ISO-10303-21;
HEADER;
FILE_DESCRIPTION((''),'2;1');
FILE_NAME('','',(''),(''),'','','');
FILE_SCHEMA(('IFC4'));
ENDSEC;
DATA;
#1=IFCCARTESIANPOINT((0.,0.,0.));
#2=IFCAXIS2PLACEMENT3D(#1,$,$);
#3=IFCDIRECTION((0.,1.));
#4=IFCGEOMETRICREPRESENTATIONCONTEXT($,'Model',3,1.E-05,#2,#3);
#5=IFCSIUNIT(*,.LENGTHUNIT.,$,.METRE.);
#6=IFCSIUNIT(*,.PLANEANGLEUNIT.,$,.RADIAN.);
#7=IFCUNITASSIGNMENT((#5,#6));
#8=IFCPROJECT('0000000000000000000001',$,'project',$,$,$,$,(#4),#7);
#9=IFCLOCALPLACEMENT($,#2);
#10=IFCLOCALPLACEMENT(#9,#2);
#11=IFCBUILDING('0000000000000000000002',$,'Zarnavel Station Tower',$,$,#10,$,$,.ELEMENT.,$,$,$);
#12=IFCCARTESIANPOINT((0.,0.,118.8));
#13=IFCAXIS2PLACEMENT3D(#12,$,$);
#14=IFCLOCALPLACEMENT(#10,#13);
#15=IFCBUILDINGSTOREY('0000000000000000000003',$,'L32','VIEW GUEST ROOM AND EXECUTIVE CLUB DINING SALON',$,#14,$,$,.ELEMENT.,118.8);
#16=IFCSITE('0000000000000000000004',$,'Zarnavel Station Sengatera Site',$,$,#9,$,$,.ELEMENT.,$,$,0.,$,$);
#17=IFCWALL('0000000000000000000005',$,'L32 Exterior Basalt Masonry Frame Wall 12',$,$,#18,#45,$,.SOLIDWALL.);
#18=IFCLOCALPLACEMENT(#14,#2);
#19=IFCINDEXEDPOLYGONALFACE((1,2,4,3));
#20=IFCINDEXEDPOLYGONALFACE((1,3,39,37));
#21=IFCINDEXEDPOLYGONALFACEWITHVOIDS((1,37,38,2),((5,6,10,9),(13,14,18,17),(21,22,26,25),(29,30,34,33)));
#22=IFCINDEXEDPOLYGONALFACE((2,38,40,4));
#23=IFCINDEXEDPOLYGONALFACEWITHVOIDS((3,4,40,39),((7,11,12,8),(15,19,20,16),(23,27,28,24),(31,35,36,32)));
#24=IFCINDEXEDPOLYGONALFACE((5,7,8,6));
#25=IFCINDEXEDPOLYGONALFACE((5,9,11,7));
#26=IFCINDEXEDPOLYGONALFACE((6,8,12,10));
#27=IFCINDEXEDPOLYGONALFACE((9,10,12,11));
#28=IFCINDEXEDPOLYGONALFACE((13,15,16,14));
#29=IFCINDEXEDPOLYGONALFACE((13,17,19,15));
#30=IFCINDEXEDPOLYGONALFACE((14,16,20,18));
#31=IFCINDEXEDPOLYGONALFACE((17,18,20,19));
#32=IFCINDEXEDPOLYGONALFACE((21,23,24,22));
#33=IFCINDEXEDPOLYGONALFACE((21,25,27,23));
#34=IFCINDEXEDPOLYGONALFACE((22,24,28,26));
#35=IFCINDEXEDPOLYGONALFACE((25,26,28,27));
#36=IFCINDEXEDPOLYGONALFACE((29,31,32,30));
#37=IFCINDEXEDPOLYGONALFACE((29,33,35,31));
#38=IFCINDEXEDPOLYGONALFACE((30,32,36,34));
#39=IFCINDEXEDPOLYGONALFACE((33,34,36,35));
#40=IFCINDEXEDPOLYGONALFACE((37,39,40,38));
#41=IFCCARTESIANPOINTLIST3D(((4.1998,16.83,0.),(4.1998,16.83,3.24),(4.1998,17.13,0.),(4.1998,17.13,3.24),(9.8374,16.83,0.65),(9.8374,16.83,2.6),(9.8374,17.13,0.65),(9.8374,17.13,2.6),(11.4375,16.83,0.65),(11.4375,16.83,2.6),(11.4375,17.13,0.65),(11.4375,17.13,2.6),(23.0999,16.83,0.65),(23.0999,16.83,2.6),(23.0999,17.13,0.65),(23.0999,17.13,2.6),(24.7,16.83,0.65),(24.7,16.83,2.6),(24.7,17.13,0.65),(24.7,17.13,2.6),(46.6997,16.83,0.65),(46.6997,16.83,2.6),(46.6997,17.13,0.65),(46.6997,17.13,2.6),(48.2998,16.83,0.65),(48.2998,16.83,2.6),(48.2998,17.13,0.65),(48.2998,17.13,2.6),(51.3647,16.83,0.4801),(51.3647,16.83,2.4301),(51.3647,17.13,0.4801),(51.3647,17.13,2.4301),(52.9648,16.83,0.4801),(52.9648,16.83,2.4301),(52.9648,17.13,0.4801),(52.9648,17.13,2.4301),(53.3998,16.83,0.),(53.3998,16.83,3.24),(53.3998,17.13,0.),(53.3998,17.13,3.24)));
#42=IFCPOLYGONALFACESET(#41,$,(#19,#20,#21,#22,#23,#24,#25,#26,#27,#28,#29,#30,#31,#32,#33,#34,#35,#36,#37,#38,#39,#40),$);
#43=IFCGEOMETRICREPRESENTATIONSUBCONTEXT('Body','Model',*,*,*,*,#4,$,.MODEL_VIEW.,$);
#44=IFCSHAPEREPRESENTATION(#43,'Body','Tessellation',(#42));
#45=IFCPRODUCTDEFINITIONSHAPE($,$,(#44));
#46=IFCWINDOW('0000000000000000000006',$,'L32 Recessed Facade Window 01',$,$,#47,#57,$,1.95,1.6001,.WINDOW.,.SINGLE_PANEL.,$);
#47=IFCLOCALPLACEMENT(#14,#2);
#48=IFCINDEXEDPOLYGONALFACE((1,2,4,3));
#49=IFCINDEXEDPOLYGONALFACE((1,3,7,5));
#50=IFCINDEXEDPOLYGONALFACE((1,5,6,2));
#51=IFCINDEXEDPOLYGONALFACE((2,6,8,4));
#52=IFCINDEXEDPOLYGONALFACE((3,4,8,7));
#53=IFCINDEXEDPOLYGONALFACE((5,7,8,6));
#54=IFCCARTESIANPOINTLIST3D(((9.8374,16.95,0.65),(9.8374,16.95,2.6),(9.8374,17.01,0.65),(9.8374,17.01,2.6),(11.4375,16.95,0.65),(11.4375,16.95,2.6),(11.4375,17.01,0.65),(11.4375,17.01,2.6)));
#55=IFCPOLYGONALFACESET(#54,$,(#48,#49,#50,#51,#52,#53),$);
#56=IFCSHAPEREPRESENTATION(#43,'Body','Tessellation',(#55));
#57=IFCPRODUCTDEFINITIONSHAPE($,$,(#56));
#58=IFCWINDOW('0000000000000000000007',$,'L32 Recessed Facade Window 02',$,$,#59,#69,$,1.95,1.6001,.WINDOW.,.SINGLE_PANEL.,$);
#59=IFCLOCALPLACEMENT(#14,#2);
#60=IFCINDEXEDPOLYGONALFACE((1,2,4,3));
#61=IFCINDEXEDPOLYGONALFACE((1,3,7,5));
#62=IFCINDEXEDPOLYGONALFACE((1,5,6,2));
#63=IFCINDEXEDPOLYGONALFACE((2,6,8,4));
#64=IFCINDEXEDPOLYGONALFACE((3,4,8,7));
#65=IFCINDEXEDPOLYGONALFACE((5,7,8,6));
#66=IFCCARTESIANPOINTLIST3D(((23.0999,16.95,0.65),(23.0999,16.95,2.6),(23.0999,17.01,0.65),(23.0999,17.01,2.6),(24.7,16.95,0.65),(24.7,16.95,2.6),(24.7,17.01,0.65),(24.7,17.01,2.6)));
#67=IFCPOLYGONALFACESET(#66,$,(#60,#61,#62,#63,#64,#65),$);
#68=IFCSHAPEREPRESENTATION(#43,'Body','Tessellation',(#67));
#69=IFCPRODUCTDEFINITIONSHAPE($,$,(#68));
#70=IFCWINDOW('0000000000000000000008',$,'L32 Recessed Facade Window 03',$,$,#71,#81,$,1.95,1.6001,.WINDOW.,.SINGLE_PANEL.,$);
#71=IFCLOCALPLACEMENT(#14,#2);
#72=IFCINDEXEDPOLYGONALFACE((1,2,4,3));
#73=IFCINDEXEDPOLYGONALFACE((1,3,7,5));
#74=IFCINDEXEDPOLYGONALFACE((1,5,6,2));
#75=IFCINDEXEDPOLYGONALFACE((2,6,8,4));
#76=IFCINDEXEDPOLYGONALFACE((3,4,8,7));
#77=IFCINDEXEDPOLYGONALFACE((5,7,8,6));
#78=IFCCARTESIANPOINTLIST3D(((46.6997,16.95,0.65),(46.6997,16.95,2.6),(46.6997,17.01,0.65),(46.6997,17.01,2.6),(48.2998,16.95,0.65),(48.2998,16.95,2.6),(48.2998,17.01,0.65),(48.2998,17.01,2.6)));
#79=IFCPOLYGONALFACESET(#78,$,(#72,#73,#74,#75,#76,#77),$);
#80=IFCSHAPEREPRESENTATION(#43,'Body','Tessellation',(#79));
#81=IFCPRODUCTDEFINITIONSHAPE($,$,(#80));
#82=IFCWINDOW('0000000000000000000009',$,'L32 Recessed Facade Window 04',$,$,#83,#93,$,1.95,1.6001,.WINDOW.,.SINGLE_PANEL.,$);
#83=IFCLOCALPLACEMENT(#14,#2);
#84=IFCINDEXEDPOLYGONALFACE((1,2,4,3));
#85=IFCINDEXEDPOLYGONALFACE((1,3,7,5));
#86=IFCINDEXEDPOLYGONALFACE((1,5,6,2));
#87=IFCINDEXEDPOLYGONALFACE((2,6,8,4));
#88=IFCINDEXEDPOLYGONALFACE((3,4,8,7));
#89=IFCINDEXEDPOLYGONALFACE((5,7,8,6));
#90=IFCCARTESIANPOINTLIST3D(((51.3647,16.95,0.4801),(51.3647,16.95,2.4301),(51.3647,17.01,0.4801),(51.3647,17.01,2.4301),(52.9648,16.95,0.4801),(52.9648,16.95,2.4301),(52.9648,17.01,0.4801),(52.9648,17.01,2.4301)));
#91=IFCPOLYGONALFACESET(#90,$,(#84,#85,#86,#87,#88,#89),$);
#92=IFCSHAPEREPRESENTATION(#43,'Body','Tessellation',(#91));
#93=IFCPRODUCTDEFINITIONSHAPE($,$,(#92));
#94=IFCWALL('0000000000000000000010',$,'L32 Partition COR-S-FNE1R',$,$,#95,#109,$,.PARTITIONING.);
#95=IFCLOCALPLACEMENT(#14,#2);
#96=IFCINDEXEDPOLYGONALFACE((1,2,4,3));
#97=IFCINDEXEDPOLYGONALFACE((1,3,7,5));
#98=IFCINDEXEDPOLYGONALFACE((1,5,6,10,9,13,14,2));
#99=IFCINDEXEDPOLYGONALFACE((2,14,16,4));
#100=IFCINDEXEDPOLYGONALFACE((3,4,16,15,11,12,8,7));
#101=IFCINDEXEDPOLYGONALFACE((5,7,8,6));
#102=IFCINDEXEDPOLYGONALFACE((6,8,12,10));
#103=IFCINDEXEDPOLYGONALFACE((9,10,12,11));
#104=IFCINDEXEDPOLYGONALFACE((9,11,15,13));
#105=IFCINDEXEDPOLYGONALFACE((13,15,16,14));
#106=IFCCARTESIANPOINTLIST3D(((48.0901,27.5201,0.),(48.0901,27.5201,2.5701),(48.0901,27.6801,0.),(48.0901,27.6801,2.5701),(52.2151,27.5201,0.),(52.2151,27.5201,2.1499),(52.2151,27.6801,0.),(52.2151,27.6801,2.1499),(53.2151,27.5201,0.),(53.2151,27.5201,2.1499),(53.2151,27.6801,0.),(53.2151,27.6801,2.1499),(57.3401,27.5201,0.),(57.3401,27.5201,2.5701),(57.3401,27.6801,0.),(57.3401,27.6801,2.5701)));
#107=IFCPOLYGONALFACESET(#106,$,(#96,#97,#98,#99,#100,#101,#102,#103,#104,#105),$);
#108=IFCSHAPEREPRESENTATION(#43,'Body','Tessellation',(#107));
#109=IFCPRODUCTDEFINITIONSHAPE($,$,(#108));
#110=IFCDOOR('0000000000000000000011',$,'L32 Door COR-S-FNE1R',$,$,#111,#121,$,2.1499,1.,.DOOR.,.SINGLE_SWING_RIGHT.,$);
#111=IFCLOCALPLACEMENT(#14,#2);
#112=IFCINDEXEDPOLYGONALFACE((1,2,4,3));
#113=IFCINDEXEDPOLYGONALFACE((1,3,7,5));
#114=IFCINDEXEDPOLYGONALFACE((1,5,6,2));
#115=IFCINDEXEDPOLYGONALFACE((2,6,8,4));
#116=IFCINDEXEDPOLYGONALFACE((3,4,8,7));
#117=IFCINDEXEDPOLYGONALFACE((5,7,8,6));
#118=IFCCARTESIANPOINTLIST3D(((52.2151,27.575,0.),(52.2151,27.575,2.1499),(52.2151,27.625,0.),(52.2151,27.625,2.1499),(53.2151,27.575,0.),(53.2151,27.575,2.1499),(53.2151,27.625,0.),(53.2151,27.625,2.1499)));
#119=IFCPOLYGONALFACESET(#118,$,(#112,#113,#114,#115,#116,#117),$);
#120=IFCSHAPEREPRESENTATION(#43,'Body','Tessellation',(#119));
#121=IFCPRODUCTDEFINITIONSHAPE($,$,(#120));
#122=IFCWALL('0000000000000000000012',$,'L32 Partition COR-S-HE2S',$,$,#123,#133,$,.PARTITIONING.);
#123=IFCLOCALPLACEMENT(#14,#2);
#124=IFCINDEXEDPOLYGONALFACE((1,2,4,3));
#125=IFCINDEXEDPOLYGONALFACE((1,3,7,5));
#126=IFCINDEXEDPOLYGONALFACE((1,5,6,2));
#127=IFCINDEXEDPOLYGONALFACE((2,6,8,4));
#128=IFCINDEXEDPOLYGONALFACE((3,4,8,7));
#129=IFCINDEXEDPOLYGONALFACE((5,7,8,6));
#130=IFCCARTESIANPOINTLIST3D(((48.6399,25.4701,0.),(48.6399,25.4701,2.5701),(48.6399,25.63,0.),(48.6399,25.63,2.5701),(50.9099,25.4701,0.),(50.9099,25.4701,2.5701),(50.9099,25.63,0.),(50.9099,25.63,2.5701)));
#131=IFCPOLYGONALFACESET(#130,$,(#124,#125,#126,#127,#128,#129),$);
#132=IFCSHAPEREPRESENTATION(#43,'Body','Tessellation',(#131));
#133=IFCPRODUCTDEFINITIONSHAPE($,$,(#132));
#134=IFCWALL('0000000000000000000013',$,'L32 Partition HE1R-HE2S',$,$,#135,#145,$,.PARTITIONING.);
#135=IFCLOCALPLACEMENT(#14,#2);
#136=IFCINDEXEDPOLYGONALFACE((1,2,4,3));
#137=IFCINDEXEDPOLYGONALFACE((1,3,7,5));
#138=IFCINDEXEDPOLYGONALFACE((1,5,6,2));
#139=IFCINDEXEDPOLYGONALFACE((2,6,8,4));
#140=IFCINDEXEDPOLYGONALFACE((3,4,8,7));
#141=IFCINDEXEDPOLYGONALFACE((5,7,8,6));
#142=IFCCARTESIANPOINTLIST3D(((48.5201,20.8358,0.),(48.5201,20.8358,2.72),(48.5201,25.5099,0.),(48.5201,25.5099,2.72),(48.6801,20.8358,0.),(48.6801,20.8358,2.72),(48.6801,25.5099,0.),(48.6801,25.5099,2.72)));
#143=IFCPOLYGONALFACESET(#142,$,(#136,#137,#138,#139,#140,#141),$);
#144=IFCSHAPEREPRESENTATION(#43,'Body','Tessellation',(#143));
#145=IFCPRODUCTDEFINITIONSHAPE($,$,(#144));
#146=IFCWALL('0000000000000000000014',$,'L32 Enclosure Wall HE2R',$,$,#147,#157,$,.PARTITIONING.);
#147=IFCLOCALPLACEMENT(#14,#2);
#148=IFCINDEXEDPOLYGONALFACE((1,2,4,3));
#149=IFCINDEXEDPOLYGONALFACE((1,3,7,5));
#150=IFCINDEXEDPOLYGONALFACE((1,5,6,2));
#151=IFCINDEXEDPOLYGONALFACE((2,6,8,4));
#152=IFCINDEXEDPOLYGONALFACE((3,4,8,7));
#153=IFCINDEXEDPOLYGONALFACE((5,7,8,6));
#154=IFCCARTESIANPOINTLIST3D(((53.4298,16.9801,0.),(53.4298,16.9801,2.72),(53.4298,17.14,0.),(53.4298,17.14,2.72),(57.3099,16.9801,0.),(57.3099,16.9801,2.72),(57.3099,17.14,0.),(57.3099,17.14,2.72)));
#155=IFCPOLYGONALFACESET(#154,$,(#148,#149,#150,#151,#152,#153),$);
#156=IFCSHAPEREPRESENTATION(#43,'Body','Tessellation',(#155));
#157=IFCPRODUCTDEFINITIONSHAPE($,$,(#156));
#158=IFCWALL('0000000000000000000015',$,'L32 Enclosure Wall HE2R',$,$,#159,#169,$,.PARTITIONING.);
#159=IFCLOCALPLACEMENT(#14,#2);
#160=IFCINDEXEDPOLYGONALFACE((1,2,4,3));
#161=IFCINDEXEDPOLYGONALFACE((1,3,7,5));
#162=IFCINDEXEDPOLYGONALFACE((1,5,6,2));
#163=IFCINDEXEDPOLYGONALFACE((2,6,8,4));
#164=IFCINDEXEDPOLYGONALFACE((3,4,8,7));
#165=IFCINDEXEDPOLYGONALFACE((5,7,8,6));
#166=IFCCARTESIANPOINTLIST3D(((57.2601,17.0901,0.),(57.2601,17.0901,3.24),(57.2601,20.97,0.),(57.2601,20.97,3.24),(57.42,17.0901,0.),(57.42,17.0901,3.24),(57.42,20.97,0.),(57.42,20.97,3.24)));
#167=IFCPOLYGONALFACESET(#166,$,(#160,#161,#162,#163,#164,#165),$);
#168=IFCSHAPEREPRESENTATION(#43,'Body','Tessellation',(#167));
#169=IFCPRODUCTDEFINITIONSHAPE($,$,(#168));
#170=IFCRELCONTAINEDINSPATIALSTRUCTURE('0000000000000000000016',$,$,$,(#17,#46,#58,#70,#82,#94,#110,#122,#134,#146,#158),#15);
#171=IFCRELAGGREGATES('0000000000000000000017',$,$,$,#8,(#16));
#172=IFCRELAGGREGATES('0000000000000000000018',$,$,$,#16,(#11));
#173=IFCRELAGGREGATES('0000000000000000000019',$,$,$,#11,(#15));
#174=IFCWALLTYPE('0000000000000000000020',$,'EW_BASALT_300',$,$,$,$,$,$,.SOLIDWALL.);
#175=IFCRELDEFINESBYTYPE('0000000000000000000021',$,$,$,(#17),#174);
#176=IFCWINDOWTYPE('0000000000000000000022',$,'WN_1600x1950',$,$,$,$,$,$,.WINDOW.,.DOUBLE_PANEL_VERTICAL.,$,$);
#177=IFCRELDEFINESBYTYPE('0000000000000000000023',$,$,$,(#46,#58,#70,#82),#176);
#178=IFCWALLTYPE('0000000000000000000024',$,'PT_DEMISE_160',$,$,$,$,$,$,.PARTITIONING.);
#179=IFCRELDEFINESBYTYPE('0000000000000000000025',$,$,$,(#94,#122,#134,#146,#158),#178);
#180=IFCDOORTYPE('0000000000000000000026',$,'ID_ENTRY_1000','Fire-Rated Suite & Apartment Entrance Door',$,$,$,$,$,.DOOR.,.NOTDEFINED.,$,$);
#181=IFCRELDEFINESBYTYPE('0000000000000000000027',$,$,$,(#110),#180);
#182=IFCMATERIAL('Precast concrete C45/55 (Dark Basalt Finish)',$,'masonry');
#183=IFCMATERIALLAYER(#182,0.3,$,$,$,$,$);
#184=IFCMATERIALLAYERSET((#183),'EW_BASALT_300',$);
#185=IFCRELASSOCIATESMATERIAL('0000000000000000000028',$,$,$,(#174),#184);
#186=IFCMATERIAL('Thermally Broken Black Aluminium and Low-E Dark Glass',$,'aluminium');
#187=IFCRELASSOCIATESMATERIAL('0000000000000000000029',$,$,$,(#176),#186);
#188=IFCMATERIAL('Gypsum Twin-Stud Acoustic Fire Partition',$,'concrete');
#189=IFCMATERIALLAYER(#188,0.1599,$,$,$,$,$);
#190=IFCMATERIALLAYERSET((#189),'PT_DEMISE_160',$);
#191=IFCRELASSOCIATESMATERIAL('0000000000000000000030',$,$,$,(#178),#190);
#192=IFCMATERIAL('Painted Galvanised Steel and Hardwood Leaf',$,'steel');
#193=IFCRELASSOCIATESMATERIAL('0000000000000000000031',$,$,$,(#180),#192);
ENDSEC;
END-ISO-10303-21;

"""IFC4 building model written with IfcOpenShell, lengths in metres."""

from ifc_helpers import new_model, si_unit, direction, frame, frame_2d, origin, place, context, subcontext, project, spatial, rectangle, extrude, material, layer, layer_set, type_object, element, fill, save


model = new_model("IFC4")

# Units and contexts
model_context = context("Model", 3, precision=1e-05, world=origin(), true_north=direction((0.0, 1.0)))
body_context = subcontext(model_context, "Body", "Model", "MODEL_VIEW")
ifc_project = project(units=[si_unit("LENGTHUNIT", "METRE"), si_unit("PLANEANGLEUNIT", "RADIAN")], contexts=[model_context])

# Site, building, storey
site_placement = place(None, origin())
site = spatial("IfcSite", under=ifc_project, at=site_placement, Name="Zarnavel Station Sengatera Site", CompositionType="ELEMENT", RefElevation=0.0)
building_placement = place(site_placement, origin())
building = spatial("IfcBuilding", under=site, at=building_placement, Name="Zarnavel Station Tower", CompositionType="ELEMENT")
storey_placement = place(building_placement, frame((0.0, 0.0, 118.8)))
storey = spatial("IfcBuildingStorey", under=building, at=storey_placement, Name="L32", Description="VIEW GUEST ROOM AND EXECUTIVE CLUB DINING SALON", CompositionType="ELEMENT", Elevation=118.8)

# Shared definitions
ifc_material_1 = material(Name="Precast concrete C45/55 (Dark Basalt Finish)", Category="masonry")
ifc_layer_1 = layer(ifc_material_1, 0.3)
ifc_layer_set_1 = layer_set([ifc_layer_1], Name="EW_BASALT_300")
wall_type_1 = type_object("IfcWallType", Name="EW_BASALT_300", PredefinedType="SOLIDWALL", material=ifc_layer_set_1)

# Wall, openings, windows
wall_1_placement = place(storey_placement, frame((53.3999, 16.98, 0.0), z_axis=(0.0, 0.0, 1.0), x_axis=(-1.0, 0.0, 0.0)))
wall_1 = element("IfcWall", 1, at=wall_1_placement, inside=storey, type_object=wall_type_1, Name="L32 Exterior Basalt Masonry Frame Wall 12", PredefinedType="SOLIDWALL", context=body_context, shape_type="SweptSolid", body=[
    extrude(rectangle(XDim=49.2, YDim=0.3, at=frame_2d((24.6001, 0.0))), origin(), (0.0, 0.0, 1.0), 3.24),
])
opening_1_placement = place(wall_1_placement, frame((41.9624, 0.0, 0.6499)))
opening_1 = element("IfcOpeningElement", 2, at=opening_1_placement, cuts=wall_1, PredefinedType="OPENING", context=body_context, shape_type="SweptSolid", body=[
    extrude(rectangle(XDim=1.6001, YDim=1.95, at=frame_2d((0.8, 0.9751))), frame((0.0, 0.1599, 0.0), z_axis=(0.0, -1.0, 0.0), x_axis=(1.0, 0.0, 0.0)), (0.0, 0.0, 1.0), 0.3201),
])
opening_2_placement = place(wall_1_placement, frame((28.7, 0.0, 0.6499)))
opening_2 = element("IfcOpeningElement", 3, at=opening_2_placement, cuts=wall_1, PredefinedType="OPENING", context=body_context, shape_type="SweptSolid", body=[
    extrude(rectangle(XDim=1.6001, YDim=1.95, at=frame_2d((0.8, 0.9751))), frame((0.0, 0.1599, 0.0), z_axis=(0.0, -1.0, 0.0), x_axis=(1.0, 0.0, 0.0)), (0.0, 0.0, 1.0), 0.3201),
])
opening_3_placement = place(wall_1_placement, frame((5.1001, 0.0, 0.6499)))
opening_3 = element("IfcOpeningElement", 4, at=opening_3_placement, cuts=wall_1, PredefinedType="OPENING", context=body_context, shape_type="SweptSolid", body=[
    extrude(rectangle(XDim=1.6001, YDim=1.95, at=frame_2d((0.8, 0.9751))), frame((0.0, 0.1599, 0.0), z_axis=(0.0, -1.0, 0.0), x_axis=(1.0, 0.0, 0.0)), (0.0, 0.0, 1.0), 0.3201),
])
opening_4_placement = place(wall_1_placement, frame((0.4351, 0.0, 0.48)))
opening_4 = element("IfcOpeningElement", 5, at=opening_4_placement, cuts=wall_1, PredefinedType="OPENING", context=body_context, shape_type="SweptSolid", body=[
    extrude(rectangle(XDim=1.6001, YDim=1.95, at=frame_2d((0.8, 0.9751))), frame((0.0, 0.1599, 0.0), z_axis=(0.0, -1.0, 0.0), x_axis=(1.0, 0.0, 0.0)), (0.0, 0.0, 1.0), 0.3201),
])
ifc_material_2 = material(Name="Thermally Broken Black Aluminium and Low-E Dark Glass", Category="aluminium")
window_type = type_object("IfcWindowType", Name="WN_1600x1950", PartitioningType="DOUBLE_PANEL_VERTICAL", PredefinedType="WINDOW", material=ifc_material_2)
window_1_placement = place(opening_1_placement, origin())
window_1 = element("IfcWindow", 6, at=window_1_placement, inside=storey, type_object=window_type, Name="L32 Recessed Facade Window 01", OverallHeight=1.95, OverallWidth=1.6001, PartitioningType="SINGLE_PANEL", PredefinedType="WINDOW", context=body_context, shape_type="SweptSolid", body=[
    extrude(rectangle(XDim=1.6001, YDim=1.95, at=frame_2d((0.8, 0.9751))), frame((0.0, 0.03, 0.0), z_axis=(0.0, -1.0, 0.0), x_axis=(1.0, 0.0, 0.0)), (0.0, 0.0, 1.0), 0.0601),
])
fill(opening_1, window_1)
window_2_placement = place(opening_2_placement, origin())
window_2 = element("IfcWindow", 7, at=window_2_placement, inside=storey, type_object=window_type, Name="L32 Recessed Facade Window 02", OverallHeight=1.95, OverallWidth=1.6001, PartitioningType="SINGLE_PANEL", PredefinedType="WINDOW", context=body_context, shape_type="SweptSolid", body=[
    extrude(rectangle(XDim=1.6001, YDim=1.95, at=frame_2d((0.8, 0.9751))), frame((0.0, 0.03, 0.0), z_axis=(0.0, -1.0, 0.0), x_axis=(1.0, 0.0, 0.0)), (0.0, 0.0, 1.0), 0.0601),
])
fill(opening_2, window_2)
window_3_placement = place(opening_3_placement, origin())
window_3 = element("IfcWindow", 8, at=window_3_placement, inside=storey, type_object=window_type, Name="L32 Recessed Facade Window 03", OverallHeight=1.95, OverallWidth=1.6001, PartitioningType="SINGLE_PANEL", PredefinedType="WINDOW", context=body_context, shape_type="SweptSolid", body=[
    extrude(rectangle(XDim=1.6001, YDim=1.95, at=frame_2d((0.8, 0.9751))), frame((0.0, 0.03, 0.0), z_axis=(0.0, -1.0, 0.0), x_axis=(1.0, 0.0, 0.0)), (0.0, 0.0, 1.0), 0.0601),
])
fill(opening_3, window_3)
window_4_placement = place(opening_4_placement, origin())
window_4 = element("IfcWindow", 9, at=window_4_placement, inside=storey, type_object=window_type, Name="L32 Recessed Facade Window 04", OverallHeight=1.95, OverallWidth=1.6001, PartitioningType="SINGLE_PANEL", PredefinedType="WINDOW", context=body_context, shape_type="SweptSolid", body=[
    extrude(rectangle(XDim=1.6001, YDim=1.95, at=frame_2d((0.8, 0.9751))), frame((0.0, 0.03, 0.0), z_axis=(0.0, -1.0, 0.0), x_axis=(1.0, 0.0, 0.0)), (0.0, 0.0, 1.0), 0.0601),
])
fill(opening_4, window_4)

# Wall, opening, door
ifc_material_3 = material(Name="Gypsum Twin-Stud Acoustic Fire Partition", Category="concrete")
ifc_layer_2 = layer(ifc_material_3, 0.1599)
ifc_layer_set_2 = layer_set([ifc_layer_2], Name="PT_DEMISE_160")
wall_type_2 = type_object("IfcWallType", Name="PT_DEMISE_160", PredefinedType="PARTITIONING", material=ifc_layer_set_2)
wall_2_placement = place(storey_placement, frame((48.0901, 27.6001, 0.0), z_axis=(0.0, 0.0, 1.0), x_axis=(1.0, 0.0, 0.0)))
wall_2 = element("IfcWall", 10, at=wall_2_placement, inside=storey, type_object=wall_type_2, Name="L32 Partition COR-S-FNE1R", PredefinedType="PARTITIONING", context=body_context, shape_type="SweptSolid", body=[
    extrude(rectangle(XDim=9.25, YDim=0.1599, at=frame_2d((4.625, 0.0))), origin(), (0.0, 0.0, 1.0), 2.5701),
])
opening_5_placement = place(wall_2_placement, frame((4.125, 0.0, 0.0)))
opening_5 = element("IfcOpeningElement", 11, at=opening_5_placement, cuts=wall_2, PredefinedType="OPENING", context=body_context, shape_type="SweptSolid", body=[
    extrude(rectangle(XDim=1.0, YDim=2.1499, at=frame_2d((0.5, 1.075))), frame((0.0, 0.0898, 0.0), z_axis=(0.0, -1.0, 0.0), x_axis=(1.0, 0.0, 0.0)), (0.0, 0.0, 1.0), 0.1799),
])
ifc_material_4 = material(Name="Painted Galvanised Steel and Hardwood Leaf", Category="steel")
door_type_1 = type_object("IfcDoorType", Name="ID_ENTRY_1000", Description="Fire-Rated Suite & Apartment Entrance Door", OperationType="NOTDEFINED", PredefinedType="DOOR", material=ifc_material_4)
door_1_placement = place(opening_5_placement, origin())
door_1 = element("IfcDoor", 12, at=door_1_placement, inside=storey, type_object=door_type_1, Name="L32 Door COR-S-FNE1R", OperationType="SINGLE_SWING_RIGHT", OverallHeight=2.1499, OverallWidth=1.0, PredefinedType="DOOR", context=body_context, shape_type="SweptSolid", body=[
    extrude(rectangle(XDim=1.0, YDim=2.1499, at=frame_2d((0.5, 1.075))), frame((0.0, 0.0249, 0.0), z_axis=(0.0, -1.0, 0.0), x_axis=(1.0, 0.0, 0.0)), (0.0, 0.0, 1.0), 0.05),
])
fill(opening_5, door_1)

# Wall
wall_3_placement = place(storey_placement, frame((48.6399, 25.55, 0.0), z_axis=(0.0, 0.0, 1.0), x_axis=(1.0, 0.0, 0.0)))
element("IfcWall", 13, at=wall_3_placement, inside=storey, type_object=wall_type_2, Name="L32 Partition COR-S-HE2S", PredefinedType="PARTITIONING", context=body_context, shape_type="SweptSolid", body=[
    extrude(rectangle(XDim=2.27, YDim=0.1599, at=frame_2d((1.135, 0.0))), origin(), (0.0, 0.0, 1.0), 2.5701),
])

# Walls
wall_4_placement = place(storey_placement, frame((48.6001, 20.8359, 0.0), z_axis=(0.0, 0.0, 1.0), x_axis=(0.0, 1.0, 0.0)))
element("IfcWall", 14, at=wall_4_placement, inside=storey, type_object=wall_type_2, Name="L32 Partition HE1R-HE2S", PredefinedType="PARTITIONING", context=body_context, shape_type="SweptSolid", body=[
    extrude(rectangle(XDim=4.6741, YDim=0.1599, at=frame_2d((2.3369, 0.0))), origin(), (0.0, 0.0, 1.0), 2.72),
])
wall_5_placement = place(storey_placement, frame((53.4299, 17.0601, 0.0), z_axis=(0.0, 0.0, 1.0), x_axis=(1.0, 0.0, 0.0)))
element("IfcWall", 15, at=wall_5_placement, inside=storey, type_object=wall_type_2, Name="L32 Enclosure Wall HE2R", PredefinedType="PARTITIONING", context=body_context, shape_type="SweptSolid", body=[
    extrude(rectangle(XDim=3.8801, YDim=0.1599, at=frame_2d((1.9399, 0.0))), origin(), (0.0, 0.0, 1.0), 2.72),
])
wall_6_placement = place(storey_placement, frame((57.3401, 17.0901, 0.0), z_axis=(0.0, 0.0, 1.0), x_axis=(0.0, 1.0, 0.0)))
element("IfcWall", 16, at=wall_6_placement, inside=storey, type_object=wall_type_2, Name="L32 Enclosure Wall HE2R", PredefinedType="PARTITIONING", context=body_context, shape_type="SweptSolid", body=[
    extrude(rectangle(XDim=3.8799, YDim=0.1599, at=frame_2d((1.9399, 0.0))), origin(), (0.0, 0.0, 1.0), 3.24),
])

save(model, "model.ifc")
